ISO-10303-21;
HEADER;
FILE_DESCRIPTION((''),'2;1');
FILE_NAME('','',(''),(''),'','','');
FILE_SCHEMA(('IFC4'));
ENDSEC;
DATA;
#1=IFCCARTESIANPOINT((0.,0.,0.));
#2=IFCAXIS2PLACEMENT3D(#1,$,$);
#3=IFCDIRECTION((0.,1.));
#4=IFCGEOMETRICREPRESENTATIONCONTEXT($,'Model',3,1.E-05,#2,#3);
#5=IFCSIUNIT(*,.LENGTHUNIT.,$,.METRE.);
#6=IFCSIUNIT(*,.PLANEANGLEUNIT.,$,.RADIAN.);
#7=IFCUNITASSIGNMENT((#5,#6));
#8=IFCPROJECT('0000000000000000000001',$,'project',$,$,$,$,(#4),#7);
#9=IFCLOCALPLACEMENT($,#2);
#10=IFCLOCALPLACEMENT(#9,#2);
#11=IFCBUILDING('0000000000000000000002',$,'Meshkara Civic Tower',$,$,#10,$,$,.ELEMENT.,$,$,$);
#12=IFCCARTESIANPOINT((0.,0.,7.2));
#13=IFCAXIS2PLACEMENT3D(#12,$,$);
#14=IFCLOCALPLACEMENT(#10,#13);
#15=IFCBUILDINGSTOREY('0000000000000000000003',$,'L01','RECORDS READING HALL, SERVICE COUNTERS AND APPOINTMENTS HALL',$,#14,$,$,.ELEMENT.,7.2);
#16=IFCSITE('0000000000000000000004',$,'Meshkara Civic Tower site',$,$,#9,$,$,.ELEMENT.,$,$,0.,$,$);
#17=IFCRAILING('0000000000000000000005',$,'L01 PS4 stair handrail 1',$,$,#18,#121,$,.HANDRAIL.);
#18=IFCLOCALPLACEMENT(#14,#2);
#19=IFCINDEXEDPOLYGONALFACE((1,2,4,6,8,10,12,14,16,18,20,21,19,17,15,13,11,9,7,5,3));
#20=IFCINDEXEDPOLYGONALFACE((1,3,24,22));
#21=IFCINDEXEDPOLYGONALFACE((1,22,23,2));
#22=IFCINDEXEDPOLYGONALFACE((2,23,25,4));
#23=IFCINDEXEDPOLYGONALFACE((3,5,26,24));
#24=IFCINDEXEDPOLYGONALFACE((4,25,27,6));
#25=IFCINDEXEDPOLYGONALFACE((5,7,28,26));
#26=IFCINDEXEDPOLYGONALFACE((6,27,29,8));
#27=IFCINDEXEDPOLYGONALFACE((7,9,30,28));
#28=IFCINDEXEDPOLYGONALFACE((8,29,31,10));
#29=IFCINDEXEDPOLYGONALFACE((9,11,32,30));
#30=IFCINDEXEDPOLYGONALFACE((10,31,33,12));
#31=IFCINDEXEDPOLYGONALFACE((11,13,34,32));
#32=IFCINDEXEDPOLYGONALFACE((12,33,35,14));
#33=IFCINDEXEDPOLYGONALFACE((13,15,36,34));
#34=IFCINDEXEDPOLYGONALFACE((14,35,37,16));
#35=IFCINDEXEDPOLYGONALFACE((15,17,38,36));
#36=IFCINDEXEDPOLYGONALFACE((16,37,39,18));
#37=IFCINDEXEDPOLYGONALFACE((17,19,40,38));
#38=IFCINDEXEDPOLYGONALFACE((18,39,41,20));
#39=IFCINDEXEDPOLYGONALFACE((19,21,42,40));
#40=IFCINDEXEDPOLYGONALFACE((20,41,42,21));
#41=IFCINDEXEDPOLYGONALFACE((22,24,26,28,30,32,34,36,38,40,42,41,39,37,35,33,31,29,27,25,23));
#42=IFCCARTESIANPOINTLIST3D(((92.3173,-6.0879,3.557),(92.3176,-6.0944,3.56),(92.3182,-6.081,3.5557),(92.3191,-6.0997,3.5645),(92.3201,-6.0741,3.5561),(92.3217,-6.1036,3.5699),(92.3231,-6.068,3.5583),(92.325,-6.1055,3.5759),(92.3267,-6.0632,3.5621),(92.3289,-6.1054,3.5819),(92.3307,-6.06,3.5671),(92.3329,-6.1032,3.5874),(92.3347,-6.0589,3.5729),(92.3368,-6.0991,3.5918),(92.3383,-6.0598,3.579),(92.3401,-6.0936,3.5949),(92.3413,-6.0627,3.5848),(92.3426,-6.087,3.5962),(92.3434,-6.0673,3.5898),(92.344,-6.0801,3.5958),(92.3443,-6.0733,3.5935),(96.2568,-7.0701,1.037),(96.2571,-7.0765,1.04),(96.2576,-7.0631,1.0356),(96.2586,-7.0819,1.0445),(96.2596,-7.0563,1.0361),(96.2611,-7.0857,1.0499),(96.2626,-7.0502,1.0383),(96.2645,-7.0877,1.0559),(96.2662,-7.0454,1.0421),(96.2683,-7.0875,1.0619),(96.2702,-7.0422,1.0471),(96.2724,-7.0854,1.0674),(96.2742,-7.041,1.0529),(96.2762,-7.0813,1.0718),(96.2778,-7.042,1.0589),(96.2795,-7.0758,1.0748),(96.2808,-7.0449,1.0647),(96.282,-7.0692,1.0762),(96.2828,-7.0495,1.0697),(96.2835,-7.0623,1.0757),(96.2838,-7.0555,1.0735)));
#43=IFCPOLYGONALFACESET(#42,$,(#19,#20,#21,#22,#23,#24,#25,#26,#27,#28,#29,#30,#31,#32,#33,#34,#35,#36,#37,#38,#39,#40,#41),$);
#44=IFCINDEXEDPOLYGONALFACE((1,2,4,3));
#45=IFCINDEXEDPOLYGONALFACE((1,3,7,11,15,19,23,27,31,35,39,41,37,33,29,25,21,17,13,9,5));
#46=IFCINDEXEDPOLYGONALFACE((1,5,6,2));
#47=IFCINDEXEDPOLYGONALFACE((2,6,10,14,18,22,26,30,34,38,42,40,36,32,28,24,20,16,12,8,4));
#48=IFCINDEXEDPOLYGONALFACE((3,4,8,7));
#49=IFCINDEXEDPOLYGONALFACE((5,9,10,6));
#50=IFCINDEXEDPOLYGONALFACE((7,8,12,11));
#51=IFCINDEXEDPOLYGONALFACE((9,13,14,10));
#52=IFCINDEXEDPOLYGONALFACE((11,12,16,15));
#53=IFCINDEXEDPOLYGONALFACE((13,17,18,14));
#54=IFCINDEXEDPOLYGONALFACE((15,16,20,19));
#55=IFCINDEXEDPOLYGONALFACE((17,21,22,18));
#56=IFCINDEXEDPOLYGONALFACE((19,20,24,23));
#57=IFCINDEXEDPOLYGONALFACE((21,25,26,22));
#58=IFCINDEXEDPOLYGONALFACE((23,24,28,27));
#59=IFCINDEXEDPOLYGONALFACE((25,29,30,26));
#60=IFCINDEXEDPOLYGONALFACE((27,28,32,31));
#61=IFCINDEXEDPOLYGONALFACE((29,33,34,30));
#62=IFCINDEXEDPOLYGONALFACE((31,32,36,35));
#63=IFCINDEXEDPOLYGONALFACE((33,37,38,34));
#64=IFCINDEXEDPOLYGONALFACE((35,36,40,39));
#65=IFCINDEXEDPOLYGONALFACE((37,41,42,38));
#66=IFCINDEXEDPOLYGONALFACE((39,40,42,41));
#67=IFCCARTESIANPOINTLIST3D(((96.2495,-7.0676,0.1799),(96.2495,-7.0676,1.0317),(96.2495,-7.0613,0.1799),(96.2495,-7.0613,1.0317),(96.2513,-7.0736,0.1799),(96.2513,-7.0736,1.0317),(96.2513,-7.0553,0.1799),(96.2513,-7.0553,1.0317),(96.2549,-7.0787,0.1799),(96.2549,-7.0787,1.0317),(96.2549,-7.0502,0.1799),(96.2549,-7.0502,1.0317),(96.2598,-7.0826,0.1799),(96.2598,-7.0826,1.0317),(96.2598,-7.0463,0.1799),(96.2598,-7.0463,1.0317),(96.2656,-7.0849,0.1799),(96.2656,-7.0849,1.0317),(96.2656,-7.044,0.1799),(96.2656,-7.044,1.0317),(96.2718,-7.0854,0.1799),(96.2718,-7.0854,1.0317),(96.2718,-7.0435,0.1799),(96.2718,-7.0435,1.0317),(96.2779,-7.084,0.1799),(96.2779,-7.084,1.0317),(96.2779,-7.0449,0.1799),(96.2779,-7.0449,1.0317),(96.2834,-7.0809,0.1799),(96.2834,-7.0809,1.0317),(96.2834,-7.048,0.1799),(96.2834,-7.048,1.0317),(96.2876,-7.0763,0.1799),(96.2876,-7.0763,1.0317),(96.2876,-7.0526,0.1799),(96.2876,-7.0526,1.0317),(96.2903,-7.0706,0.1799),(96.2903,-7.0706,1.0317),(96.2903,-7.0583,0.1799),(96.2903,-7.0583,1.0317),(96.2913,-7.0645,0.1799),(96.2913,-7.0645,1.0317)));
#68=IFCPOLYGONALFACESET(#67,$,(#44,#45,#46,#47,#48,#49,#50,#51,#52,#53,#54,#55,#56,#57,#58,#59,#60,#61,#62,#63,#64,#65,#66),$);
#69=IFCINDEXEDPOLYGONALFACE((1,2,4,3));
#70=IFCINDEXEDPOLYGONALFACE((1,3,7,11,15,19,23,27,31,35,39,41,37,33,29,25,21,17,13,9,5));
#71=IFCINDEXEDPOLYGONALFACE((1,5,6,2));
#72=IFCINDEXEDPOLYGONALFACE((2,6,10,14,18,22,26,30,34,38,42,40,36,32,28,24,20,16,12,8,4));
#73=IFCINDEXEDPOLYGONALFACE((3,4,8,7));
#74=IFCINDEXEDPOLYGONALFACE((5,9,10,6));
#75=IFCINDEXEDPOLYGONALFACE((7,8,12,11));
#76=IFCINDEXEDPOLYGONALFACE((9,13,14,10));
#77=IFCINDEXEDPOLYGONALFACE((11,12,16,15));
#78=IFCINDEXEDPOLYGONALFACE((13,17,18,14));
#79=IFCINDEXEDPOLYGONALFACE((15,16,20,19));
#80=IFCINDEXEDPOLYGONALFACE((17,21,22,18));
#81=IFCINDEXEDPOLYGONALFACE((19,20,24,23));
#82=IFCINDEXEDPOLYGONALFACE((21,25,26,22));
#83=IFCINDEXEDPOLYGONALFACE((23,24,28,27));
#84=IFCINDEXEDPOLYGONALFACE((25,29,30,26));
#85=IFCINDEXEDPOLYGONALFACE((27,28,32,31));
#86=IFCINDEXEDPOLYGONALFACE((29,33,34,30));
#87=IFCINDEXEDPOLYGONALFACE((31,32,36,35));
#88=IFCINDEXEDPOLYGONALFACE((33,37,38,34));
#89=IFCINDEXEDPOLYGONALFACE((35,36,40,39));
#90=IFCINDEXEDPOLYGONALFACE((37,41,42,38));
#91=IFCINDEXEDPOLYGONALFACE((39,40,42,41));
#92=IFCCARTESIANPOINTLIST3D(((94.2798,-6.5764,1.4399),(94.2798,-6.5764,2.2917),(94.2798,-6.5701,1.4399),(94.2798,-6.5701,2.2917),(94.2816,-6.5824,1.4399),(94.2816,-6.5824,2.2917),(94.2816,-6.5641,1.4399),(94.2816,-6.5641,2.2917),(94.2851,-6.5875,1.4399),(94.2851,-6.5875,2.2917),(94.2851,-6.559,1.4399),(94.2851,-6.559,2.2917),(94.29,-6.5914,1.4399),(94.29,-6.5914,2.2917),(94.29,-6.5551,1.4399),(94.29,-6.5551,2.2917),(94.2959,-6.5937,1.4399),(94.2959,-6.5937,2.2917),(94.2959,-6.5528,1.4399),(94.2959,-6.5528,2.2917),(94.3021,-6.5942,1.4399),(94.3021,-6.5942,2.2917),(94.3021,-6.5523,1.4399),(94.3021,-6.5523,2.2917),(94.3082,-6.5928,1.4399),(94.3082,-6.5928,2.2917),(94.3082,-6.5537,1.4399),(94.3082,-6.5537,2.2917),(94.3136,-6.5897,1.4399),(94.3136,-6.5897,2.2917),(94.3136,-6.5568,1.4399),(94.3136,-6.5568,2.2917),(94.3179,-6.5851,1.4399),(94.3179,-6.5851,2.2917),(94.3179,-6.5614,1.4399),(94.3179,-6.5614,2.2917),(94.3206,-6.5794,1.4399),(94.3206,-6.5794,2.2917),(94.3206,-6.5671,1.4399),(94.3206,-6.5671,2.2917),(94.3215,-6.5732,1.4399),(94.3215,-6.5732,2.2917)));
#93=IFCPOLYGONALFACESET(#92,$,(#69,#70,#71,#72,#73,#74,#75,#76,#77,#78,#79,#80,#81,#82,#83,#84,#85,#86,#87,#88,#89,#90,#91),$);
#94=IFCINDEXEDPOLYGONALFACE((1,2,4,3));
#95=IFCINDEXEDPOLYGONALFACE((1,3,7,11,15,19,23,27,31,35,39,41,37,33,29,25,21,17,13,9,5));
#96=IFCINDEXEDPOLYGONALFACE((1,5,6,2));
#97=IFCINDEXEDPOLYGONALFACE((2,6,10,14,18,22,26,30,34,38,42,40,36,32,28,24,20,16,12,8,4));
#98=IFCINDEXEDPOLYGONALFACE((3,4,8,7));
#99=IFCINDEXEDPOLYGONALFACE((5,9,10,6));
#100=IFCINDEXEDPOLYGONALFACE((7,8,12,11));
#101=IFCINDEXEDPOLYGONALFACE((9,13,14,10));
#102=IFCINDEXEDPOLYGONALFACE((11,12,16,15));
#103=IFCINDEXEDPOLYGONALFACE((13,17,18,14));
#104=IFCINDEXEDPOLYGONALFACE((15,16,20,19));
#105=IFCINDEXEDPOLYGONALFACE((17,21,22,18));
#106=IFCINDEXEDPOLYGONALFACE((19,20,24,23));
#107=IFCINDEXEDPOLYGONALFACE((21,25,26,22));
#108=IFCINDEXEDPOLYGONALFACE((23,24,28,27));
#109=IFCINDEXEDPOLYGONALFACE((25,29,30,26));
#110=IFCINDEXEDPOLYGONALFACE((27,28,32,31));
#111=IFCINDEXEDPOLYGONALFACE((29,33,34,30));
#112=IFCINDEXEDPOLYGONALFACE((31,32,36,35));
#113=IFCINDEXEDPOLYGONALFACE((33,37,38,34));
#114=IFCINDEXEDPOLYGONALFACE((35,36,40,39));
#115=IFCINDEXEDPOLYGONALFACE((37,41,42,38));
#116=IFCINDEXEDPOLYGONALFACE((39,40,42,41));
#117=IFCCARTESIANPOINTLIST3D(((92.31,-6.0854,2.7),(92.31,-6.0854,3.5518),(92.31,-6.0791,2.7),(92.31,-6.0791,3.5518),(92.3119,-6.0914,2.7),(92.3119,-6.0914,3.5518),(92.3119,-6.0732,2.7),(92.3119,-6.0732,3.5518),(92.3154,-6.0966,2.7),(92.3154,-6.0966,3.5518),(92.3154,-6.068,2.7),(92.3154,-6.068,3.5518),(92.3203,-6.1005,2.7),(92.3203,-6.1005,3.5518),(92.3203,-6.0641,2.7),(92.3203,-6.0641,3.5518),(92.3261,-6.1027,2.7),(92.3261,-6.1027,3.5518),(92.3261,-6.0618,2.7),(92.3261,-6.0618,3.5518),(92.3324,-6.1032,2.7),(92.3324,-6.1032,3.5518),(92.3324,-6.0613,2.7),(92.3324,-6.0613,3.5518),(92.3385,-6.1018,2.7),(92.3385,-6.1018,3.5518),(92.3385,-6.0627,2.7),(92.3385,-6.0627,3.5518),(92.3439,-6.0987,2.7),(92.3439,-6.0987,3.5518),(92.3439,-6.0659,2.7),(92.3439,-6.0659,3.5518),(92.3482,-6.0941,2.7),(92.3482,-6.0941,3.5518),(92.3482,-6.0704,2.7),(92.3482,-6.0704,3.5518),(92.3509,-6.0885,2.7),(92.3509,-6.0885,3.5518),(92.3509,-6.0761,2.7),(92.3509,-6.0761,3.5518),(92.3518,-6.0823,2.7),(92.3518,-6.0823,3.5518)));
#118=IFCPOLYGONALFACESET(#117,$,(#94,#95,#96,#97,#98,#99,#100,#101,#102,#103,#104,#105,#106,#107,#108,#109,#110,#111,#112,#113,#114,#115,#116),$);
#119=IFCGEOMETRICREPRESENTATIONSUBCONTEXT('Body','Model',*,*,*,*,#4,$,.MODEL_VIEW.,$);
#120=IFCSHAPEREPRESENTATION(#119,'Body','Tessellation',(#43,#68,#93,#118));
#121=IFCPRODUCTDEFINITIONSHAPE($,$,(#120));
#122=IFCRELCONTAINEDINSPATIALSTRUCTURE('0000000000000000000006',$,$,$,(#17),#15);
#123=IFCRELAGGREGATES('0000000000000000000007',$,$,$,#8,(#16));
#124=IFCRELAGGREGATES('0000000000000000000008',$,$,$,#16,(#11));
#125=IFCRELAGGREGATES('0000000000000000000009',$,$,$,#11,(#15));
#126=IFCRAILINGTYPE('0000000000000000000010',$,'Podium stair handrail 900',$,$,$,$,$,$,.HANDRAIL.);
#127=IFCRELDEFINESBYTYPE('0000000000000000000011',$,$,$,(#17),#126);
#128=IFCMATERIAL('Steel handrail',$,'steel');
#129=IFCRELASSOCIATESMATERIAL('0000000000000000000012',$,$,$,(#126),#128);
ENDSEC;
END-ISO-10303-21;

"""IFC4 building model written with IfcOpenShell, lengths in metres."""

from ifc_helpers import new_model, si_unit, direction, frame, origin, origin_2d, place, context, subcontext, project, spatial, circle, extrude, material, type_object, element, save


model = new_model("IFC4")

# Units and contexts
model_context = context("Model", 3, precision=1e-05, world=origin(), true_north=direction((0.0, 1.0)))
body_context = subcontext(model_context, "Body", "Model", "MODEL_VIEW")
ifc_project = project(units=[si_unit("LENGTHUNIT", "METRE"), si_unit("PLANEANGLEUNIT", "RADIAN")], contexts=[model_context])

# Site, building, storey
site_placement = place(None, origin())
site = spatial("IfcSite", under=ifc_project, at=site_placement, Name="Meshkara Civic Tower site", CompositionType="ELEMENT", RefElevation=0.0)
building_placement = place(site_placement, origin())
building = spatial("IfcBuilding", under=site, at=building_placement, Name="Meshkara Civic Tower", CompositionType="ELEMENT")
storey_placement = place(building_placement, frame((0.0, 0.0, 7.2)))
storey = spatial("IfcBuildingStorey", under=building, at=storey_placement, Name="L01", Description="RECORDS READING HALL, SERVICE COUNTERS AND APPOINTMENTS HALL", CompositionType="ELEMENT", Elevation=7.2)

# Railing
ifc_material_1 = material(Name="Steel handrail", Category="steel")
railing_type_1 = type_object("IfcRailingType", Name="Podium stair handrail 900", PredefinedType="HANDRAIL", material=ifc_material_1)
railing_1_placement = place(storey_placement, frame((96.2703, -7.0645, 0.1799)))
element("IfcRailing", 1, at=railing_1_placement, inside=storey, type_object=railing_type_1, Name="L01 PS4 stair handrail 1", PredefinedType="HANDRAIL", context=body_context, shape_type="SweptSolid", body=[
    extrude(circle(Radius=0.0239, at=origin_2d()), frame((0.0, 0.0, 0.876), z_axis=(-0.824405, 0.205539, 0.527362), x_axis=(-0.241913, -0.970298, 0.0)), (0.0, 0.0, 1.0), 4.7786),
    extrude(circle(Radius=0.021, at=origin_2d()), origin(), (0.0, 0.0, 1.0), 0.8518),
    extrude(circle(Radius=0.021, at=origin_2d()), frame((-1.9697, 0.4912, 1.26)), (0.0, 0.0, 1.0), 0.8518),
    extrude(circle(Radius=0.021, at=origin_2d()), frame((-3.9395, 0.9822, 2.52)), (0.0, 0.0, 1.0), 0.8518),
])

save(model, "model.ifc")
